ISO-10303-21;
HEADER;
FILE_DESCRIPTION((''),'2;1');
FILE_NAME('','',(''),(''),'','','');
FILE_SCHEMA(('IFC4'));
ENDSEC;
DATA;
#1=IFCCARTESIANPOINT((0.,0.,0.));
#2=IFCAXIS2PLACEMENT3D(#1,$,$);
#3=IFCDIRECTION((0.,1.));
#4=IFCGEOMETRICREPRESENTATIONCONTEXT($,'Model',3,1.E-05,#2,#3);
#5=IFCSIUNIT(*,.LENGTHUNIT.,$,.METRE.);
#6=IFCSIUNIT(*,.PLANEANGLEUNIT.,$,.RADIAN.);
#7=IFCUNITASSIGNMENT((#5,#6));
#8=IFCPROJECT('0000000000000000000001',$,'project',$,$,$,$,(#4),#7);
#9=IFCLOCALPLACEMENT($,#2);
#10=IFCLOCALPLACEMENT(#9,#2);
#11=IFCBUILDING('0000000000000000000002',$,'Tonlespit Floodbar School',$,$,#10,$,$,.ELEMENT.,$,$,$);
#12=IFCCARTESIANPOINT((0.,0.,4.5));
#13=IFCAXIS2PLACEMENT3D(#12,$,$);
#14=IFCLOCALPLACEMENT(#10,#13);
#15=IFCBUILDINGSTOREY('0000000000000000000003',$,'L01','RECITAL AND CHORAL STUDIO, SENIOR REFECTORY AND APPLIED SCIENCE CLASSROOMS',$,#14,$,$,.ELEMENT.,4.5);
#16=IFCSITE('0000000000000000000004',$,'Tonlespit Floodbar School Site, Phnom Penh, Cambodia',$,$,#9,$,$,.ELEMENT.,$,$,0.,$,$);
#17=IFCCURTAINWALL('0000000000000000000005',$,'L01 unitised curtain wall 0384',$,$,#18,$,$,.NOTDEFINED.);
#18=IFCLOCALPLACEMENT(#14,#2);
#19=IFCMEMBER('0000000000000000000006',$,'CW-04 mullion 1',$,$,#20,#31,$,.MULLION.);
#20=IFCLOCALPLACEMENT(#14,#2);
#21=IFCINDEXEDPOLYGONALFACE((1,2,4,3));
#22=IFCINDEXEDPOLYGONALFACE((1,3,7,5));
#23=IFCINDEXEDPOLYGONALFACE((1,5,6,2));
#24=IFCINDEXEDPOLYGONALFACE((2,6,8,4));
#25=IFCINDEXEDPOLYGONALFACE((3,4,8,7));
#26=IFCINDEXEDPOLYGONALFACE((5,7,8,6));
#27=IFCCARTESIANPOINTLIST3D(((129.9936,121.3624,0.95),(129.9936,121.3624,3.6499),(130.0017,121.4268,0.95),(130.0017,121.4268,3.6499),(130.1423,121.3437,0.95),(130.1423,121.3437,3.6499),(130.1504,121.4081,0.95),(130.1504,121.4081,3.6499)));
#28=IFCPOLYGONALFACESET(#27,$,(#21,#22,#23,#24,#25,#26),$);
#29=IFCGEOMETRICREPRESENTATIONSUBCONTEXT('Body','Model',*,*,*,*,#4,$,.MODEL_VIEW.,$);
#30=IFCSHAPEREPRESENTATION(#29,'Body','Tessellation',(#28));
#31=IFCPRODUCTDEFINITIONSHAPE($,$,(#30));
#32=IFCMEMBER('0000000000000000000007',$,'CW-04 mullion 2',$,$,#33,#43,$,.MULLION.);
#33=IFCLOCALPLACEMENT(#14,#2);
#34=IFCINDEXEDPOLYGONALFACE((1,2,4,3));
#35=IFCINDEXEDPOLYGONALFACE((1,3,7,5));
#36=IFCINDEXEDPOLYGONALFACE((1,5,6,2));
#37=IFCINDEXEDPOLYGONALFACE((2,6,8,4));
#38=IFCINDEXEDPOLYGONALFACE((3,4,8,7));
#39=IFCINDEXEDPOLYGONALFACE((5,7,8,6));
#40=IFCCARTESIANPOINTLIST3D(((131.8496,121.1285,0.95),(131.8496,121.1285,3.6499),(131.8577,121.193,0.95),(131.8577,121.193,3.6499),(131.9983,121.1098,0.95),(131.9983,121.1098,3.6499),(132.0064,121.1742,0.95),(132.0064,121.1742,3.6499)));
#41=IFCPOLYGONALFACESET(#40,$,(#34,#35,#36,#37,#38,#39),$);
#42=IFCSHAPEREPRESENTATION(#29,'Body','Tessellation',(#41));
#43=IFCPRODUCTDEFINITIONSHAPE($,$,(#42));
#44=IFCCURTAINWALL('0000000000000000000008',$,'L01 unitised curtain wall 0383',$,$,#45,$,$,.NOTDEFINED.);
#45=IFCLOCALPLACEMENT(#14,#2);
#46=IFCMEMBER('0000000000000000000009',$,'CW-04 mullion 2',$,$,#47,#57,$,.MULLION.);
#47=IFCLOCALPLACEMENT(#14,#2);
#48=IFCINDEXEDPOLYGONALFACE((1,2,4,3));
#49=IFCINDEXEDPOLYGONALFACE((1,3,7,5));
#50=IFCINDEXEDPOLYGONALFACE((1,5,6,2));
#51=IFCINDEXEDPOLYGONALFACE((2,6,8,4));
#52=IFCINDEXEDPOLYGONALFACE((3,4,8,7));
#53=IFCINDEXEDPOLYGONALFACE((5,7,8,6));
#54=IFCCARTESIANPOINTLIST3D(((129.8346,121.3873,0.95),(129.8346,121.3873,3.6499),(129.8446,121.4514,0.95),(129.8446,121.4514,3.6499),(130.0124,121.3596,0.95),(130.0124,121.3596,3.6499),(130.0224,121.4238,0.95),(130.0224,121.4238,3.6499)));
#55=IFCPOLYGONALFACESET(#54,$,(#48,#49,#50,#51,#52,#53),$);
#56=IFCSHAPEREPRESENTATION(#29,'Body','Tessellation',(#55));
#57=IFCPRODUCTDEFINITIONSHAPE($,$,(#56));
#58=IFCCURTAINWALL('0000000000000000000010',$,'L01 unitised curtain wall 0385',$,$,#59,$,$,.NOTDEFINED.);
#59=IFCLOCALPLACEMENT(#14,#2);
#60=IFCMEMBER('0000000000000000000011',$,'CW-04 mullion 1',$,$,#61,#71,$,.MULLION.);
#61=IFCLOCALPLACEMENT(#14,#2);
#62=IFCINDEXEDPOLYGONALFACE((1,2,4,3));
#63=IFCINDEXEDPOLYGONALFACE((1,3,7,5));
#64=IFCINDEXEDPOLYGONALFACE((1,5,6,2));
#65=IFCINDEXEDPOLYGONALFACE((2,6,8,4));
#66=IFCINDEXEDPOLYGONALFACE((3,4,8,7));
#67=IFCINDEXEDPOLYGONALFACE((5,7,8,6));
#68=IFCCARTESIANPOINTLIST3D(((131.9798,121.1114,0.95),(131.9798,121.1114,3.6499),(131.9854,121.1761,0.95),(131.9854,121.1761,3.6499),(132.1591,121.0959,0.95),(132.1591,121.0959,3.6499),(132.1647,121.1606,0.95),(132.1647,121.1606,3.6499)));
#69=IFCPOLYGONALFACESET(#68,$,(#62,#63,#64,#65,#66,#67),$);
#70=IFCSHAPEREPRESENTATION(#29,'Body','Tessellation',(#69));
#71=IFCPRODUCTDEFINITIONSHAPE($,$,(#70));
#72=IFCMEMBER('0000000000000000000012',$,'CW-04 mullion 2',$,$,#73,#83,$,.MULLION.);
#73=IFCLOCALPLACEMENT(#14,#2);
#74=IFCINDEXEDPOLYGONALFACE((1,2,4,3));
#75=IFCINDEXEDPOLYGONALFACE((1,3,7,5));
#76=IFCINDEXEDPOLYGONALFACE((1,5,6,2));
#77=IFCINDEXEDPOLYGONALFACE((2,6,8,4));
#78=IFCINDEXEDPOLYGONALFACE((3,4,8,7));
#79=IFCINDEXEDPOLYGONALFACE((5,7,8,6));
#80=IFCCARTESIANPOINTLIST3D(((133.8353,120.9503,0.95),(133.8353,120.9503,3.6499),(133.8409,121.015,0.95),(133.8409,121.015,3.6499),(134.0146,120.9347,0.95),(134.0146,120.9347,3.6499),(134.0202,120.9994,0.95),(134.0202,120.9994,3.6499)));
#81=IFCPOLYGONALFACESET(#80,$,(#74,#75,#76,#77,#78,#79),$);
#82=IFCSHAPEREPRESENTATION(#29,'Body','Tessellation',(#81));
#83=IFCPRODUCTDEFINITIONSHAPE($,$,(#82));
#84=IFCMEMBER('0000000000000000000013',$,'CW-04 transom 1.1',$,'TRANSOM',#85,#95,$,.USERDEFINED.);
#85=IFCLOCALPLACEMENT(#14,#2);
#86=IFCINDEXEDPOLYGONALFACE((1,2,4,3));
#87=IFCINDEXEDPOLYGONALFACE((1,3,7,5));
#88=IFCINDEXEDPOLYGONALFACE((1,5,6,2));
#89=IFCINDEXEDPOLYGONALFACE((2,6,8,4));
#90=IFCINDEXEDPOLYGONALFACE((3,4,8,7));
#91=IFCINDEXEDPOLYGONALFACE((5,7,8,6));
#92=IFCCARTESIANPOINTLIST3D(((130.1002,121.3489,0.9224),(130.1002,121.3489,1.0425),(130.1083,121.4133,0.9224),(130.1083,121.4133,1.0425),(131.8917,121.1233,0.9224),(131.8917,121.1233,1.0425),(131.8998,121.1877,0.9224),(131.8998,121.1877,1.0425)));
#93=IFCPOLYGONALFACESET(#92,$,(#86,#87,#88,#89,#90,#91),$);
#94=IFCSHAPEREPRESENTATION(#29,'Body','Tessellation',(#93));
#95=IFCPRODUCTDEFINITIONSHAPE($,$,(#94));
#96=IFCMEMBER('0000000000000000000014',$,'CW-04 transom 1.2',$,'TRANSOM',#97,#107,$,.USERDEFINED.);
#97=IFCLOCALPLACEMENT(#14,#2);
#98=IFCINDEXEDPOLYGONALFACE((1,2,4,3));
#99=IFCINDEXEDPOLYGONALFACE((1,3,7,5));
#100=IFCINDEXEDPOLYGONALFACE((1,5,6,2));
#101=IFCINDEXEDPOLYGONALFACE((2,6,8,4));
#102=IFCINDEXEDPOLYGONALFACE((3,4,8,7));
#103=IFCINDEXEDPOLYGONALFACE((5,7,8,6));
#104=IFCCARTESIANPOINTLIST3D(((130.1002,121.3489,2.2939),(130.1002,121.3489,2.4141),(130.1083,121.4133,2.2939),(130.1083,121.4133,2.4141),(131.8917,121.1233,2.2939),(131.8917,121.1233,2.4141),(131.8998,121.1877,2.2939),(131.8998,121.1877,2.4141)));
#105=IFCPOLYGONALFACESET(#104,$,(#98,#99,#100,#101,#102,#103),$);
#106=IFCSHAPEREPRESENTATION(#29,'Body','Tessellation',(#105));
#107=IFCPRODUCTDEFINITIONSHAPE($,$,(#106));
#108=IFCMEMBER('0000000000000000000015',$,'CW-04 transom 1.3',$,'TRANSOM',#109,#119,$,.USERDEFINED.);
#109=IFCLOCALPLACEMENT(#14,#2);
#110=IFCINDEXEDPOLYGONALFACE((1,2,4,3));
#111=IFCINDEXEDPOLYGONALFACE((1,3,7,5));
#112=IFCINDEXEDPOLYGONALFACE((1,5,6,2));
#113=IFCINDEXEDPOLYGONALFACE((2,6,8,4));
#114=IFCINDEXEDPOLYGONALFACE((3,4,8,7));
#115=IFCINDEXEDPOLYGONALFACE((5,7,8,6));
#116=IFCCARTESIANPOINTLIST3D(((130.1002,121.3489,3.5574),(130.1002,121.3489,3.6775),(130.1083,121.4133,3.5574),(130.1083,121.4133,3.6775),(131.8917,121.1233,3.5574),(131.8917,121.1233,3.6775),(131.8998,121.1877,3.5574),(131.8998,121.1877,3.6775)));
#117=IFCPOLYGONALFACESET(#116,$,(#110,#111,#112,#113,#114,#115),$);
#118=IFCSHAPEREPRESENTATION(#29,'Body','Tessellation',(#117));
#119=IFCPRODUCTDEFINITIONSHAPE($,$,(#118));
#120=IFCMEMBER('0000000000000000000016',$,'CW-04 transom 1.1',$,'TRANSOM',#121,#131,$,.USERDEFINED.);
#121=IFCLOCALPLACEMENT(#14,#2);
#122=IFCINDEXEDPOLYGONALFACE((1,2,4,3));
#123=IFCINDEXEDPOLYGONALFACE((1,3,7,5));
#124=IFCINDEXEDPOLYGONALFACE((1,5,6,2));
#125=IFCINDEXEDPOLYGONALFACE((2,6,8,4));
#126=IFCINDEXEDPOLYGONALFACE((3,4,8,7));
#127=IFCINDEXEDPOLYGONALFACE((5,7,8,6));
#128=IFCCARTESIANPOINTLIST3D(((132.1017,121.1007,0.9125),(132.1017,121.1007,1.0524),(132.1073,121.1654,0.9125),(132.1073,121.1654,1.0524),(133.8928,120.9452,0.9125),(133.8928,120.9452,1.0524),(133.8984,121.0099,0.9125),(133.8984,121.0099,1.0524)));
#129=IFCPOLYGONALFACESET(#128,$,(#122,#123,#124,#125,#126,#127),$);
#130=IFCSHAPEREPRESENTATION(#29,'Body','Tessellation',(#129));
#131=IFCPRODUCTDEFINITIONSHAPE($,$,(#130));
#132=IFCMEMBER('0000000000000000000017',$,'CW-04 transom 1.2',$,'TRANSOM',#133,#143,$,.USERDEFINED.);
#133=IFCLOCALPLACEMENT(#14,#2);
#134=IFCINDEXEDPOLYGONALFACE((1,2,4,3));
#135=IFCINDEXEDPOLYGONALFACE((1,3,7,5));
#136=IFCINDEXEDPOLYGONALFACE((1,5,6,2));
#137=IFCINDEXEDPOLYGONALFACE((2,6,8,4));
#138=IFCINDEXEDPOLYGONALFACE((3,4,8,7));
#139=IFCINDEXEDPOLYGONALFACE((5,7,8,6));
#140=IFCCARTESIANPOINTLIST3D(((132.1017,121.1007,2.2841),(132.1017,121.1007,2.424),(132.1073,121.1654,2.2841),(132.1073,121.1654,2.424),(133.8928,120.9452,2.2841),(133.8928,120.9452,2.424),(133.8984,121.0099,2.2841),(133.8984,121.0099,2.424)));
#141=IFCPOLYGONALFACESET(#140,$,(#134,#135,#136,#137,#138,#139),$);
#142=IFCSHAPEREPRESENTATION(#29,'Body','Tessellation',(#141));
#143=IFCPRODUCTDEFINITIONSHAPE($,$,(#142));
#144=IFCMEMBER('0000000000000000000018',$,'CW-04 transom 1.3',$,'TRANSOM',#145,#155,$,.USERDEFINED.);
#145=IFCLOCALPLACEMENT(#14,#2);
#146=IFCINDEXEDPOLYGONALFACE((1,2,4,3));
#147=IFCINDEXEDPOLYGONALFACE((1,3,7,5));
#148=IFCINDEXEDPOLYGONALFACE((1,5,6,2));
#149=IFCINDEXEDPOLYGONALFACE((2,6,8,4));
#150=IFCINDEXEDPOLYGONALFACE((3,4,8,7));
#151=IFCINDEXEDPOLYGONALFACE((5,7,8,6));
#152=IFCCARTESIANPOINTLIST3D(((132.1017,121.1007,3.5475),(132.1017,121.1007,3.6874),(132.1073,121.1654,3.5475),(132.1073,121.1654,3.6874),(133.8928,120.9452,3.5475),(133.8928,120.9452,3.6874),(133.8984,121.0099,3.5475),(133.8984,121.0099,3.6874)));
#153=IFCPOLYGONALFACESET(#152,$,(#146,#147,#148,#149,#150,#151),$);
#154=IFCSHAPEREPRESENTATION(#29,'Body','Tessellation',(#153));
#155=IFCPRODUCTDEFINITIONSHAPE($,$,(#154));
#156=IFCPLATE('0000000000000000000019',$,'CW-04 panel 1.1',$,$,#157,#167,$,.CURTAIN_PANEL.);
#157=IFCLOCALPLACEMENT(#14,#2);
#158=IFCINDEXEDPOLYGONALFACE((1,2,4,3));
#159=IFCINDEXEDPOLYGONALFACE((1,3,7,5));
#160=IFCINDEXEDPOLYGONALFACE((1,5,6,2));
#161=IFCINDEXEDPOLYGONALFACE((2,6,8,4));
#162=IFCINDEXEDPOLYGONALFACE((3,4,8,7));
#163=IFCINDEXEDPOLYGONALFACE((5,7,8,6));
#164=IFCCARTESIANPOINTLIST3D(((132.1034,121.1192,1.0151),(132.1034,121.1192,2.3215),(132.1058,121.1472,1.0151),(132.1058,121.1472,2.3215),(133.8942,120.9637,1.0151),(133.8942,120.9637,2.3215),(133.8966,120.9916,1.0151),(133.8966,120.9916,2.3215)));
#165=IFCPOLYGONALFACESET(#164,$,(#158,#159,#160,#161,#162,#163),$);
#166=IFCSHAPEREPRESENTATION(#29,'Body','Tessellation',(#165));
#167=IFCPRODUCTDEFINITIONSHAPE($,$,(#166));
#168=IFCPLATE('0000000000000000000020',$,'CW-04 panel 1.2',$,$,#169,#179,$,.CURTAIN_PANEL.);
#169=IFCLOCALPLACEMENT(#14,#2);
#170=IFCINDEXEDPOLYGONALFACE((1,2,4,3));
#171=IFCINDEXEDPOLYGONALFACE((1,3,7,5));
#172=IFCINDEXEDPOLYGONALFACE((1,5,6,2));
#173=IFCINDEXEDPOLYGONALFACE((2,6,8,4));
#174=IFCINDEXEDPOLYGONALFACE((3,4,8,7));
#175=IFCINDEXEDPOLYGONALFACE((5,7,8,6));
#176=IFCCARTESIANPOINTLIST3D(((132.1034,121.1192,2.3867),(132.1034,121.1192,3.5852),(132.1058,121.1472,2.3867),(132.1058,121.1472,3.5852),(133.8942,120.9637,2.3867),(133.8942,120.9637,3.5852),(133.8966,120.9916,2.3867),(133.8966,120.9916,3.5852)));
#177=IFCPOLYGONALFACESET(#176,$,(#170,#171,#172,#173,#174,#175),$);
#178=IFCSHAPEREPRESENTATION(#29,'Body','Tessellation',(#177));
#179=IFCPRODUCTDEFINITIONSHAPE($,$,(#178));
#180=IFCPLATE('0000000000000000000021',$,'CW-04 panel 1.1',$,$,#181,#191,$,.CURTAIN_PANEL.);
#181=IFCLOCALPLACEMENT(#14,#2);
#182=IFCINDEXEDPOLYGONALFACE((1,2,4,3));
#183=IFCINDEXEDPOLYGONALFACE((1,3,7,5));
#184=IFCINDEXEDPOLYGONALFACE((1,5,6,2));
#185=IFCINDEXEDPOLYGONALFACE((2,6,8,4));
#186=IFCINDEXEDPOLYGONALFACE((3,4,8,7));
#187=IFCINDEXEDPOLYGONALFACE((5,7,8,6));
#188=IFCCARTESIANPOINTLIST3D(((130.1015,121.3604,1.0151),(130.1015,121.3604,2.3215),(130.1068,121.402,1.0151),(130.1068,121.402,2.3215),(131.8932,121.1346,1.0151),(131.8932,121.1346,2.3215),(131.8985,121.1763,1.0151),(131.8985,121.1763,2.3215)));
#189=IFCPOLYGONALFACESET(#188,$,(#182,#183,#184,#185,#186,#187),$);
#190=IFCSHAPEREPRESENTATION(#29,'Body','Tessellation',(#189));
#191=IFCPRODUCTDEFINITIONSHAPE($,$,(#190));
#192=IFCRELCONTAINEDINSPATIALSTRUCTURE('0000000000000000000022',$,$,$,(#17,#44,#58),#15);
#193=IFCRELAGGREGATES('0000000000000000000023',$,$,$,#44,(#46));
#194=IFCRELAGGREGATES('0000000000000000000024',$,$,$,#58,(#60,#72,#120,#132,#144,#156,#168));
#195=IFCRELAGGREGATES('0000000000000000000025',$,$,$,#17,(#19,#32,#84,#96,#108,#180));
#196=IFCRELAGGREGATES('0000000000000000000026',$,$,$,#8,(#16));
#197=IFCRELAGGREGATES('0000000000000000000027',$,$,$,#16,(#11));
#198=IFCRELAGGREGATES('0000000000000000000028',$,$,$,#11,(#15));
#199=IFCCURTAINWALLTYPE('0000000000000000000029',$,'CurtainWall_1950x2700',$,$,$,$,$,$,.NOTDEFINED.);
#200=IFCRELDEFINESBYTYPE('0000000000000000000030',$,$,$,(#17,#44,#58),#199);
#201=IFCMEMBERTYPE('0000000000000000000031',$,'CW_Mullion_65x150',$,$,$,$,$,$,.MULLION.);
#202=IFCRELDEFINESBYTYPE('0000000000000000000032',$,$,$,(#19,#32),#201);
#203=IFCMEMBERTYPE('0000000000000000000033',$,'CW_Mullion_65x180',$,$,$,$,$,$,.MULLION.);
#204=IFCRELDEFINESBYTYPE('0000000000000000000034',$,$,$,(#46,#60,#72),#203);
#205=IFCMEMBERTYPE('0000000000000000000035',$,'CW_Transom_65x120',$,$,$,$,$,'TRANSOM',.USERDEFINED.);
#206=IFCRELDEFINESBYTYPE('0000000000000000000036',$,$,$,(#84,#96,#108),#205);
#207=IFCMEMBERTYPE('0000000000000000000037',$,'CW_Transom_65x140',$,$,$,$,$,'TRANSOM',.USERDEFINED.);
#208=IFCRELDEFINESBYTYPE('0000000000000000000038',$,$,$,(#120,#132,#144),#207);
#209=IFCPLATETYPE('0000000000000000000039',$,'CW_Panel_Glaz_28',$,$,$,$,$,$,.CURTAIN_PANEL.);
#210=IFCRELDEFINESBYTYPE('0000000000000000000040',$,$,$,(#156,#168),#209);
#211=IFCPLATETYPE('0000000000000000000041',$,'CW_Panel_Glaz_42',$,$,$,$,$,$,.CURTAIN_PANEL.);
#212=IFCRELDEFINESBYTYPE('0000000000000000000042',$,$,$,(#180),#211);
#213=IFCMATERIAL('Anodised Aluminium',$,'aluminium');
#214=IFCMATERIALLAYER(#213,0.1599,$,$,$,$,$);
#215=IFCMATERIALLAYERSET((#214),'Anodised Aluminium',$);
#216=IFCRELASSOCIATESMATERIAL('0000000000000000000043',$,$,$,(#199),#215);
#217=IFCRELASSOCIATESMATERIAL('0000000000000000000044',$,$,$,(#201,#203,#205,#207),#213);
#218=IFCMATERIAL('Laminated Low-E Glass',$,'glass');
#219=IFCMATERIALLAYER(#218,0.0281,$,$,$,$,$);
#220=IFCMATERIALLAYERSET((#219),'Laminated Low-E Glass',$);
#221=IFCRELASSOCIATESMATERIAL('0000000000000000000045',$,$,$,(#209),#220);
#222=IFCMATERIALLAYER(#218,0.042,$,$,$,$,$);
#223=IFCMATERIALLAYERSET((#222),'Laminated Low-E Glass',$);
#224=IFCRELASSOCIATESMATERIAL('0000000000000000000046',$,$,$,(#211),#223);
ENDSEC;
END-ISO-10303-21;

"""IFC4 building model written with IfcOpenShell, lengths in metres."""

from ifc_helpers import new_model, si_unit, direction, frame, origin, origin_2d, place, context, subcontext, project, spatial, rectangle, extrude, material, layer, layer_set, material_profile, profile_set, type_object, element, aggregate, save


model = new_model("IFC4")

# Units and contexts
model_context = context("Model", 3, precision=1e-05, world=origin(), true_north=direction((0.0, 1.0)))
body_context = subcontext(model_context, "Body", "Model", "MODEL_VIEW")
ifc_project = project(units=[si_unit("LENGTHUNIT", "METRE"), si_unit("PLANEANGLEUNIT", "RADIAN")], contexts=[model_context])

# Site, building, storey
site_placement = place(None, origin())
site = spatial("IfcSite", under=ifc_project, at=site_placement, Name="Tonlespit Floodbar School Site, Phnom Penh, Cambodia", CompositionType="ELEMENT", RefElevation=0.0)
building_placement = place(site_placement, origin())
building = spatial("IfcBuilding", under=site, at=building_placement, Name="Tonlespit Floodbar School", CompositionType="ELEMENT")
storey_placement = place(building_placement, frame((0.0, 0.0, 4.5)))
storey = spatial("IfcBuildingStorey", under=building, at=storey_placement, Name="L01", Description="RECITAL AND CHORAL STUDIO, SENIOR REFECTORY AND APPLIED SCIENCE CLASSROOMS", CompositionType="ELEMENT", Elevation=4.5)

# Curtain wall, members
ifc_material_1 = material(Name="Anodised Aluminium", Category="aluminium")
ifc_layer_1 = layer(ifc_material_1, 0.1599)
ifc_layer_set_1 = layer_set([ifc_layer_1], Name="Anodised Aluminium")
curtain_wall_type = type_object("IfcCurtainWallType", Name="CurtainWall_1950x2700", PredefinedType="NOTDEFINED", material=ifc_layer_set_1)
curtain_wall_1_placement = place(storey_placement, origin())
curtain_wall_1 = element("IfcCurtainWall", 1, at=curtain_wall_1_placement, inside=storey, type_object=curtain_wall_type, Name="L01 unitised curtain wall 0384", PredefinedType="NOTDEFINED")
ifc_material_profile_1 = material_profile(ifc_material_1, rectangle(XDim=0.0649, YDim=0.1499, at=origin_2d()), Name="ALU M65x150")
ifc_profile_set_1 = profile_set([ifc_material_profile_1], Name="Anodised Aluminium")
member_type_1 = type_object("IfcMemberType", Name="CW_Mullion_65x150", PredefinedType="MULLION", material=ifc_profile_set_1)
member_1_placement = place(storey_placement, frame((130.072, 121.3853, 0.95), z_axis=(0.0, 0.0, 1.0), x_axis=(0.125014, 0.992155, 0.0)))
member_1 = element("IfcMember", 2, at=member_1_placement, type_object=member_type_1, Name="CW-04 mullion 1", PredefinedType="MULLION", context=body_context, shape_type="SweptSolid", body=[
    extrude(rectangle(XDim=0.0649, YDim=0.1499, at=origin_2d()), origin(), (0.0, 0.0, 1.0), 2.7),
])
member_2_placement = place(storey_placement, frame((131.928, 121.1514, 0.95), z_axis=(0.0, 0.0, 1.0), x_axis=(0.125014, 0.992155, 0.0)))
member_2 = element("IfcMember", 3, at=member_2_placement, type_object=member_type_1, Name="CW-04 mullion 2", PredefinedType="MULLION", context=body_context, shape_type="SweptSolid", body=[
    extrude(rectangle(XDim=0.0649, YDim=0.1499, at=origin_2d()), origin(), (0.0, 0.0, 1.0), 2.7),
])

# Curtain wall, member
curtain_wall_2_placement = place(storey_placement, origin())
curtain_wall_2 = element("IfcCurtainWall", 4, at=curtain_wall_2_placement, inside=storey, type_object=curtain_wall_type, Name="L01 unitised curtain wall 0383", PredefinedType="NOTDEFINED")
ifc_material_profile_2 = material_profile(ifc_material_1, rectangle(XDim=0.0649, YDim=0.1799, at=origin_2d()), Name="ALU M65x180")
ifc_profile_set_2 = profile_set([ifc_material_profile_2], Name="Anodised Aluminium")
member_type_2 = type_object("IfcMemberType", Name="CW_Mullion_65x180", PredefinedType="MULLION", material=ifc_profile_set_2)
member_3_placement = place(storey_placement, frame((129.9285, 121.4055, 0.95), z_axis=(0.0, 0.0, 1.0), x_axis=(0.153796, 0.988103, 0.0)))
member_3 = element("IfcMember", 5, at=member_3_placement, type_object=member_type_2, Name="CW-04 mullion 2", PredefinedType="MULLION", context=body_context, shape_type="SweptSolid", body=[
    extrude(rectangle(XDim=0.0649, YDim=0.1799, at=origin_2d()), origin(), (0.0, 0.0, 1.0), 2.7),
])
aggregate(curtain_wall_2, [member_3])

# Curtain wall, members
curtain_wall_3_placement = place(storey_placement, origin())
curtain_wall_3 = element("IfcCurtainWall", 6, at=curtain_wall_3_placement, inside=storey, type_object=curtain_wall_type, Name="L01 unitised curtain wall 0385", PredefinedType="NOTDEFINED")
member_4_placement = place(storey_placement, frame((132.0723, 121.136, 0.95), z_axis=(0.0, 0.0, 1.0), x_axis=(0.086531, 0.996249, 0.0)))
member_4 = element("IfcMember", 7, at=member_4_placement, type_object=member_type_2, Name="CW-04 mullion 1", PredefinedType="MULLION", context=body_context, shape_type="SweptSolid", body=[
    extrude(rectangle(XDim=0.0649, YDim=0.1799, at=origin_2d()), origin(), (0.0, 0.0, 1.0), 2.7),
])
member_5_placement = place(storey_placement, frame((133.9277, 120.9749, 0.95), z_axis=(0.0, 0.0, 1.0), x_axis=(0.086531, 0.996249, 0.0)))
member_5 = element("IfcMember", 8, at=member_5_placement, type_object=member_type_2, Name="CW-04 mullion 2", PredefinedType="MULLION", context=body_context, shape_type="SweptSolid", body=[
    extrude(rectangle(XDim=0.0649, YDim=0.1799, at=origin_2d()), origin(), (0.0, 0.0, 1.0), 2.7),
])

# Members
ifc_material_profile_3 = material_profile(ifc_material_1, rectangle(XDim=0.0649, YDim=0.1201, at=origin_2d()), Name="ALU T65x120")
ifc_profile_set_3 = profile_set([ifc_material_profile_3], Name="Anodised Aluminium")
member_type_3 = type_object("IfcMemberType", Name="CW_Transom_65x120", ElementType="TRANSOM", PredefinedType="USERDEFINED", material=ifc_profile_set_3)
member_6_placement = place(storey_placement, frame((130.1042, 121.3811, 0.9824), z_axis=(0.992165, -0.124933, 0.0), x_axis=(0.124933, 0.992165, 0.0)))
member_6 = element("IfcMember", 9, at=member_6_placement, type_object=member_type_3, Name="CW-04 transom 1.1", ObjectType="TRANSOM", PredefinedType="USERDEFINED", context=body_context, shape_type="SweptSolid", body=[
    extrude(rectangle(XDim=0.0649, YDim=0.1201, at=origin_2d()), origin(), (0.0, 0.0, 1.0), 1.8057),
])
member_7_placement = place(storey_placement, frame((130.1042, 121.3811, 2.354), z_axis=(0.992165, -0.124933, 0.0), x_axis=(0.124933, 0.992165, 0.0)))
member_7 = element("IfcMember", 10, at=member_7_placement, type_object=member_type_3, Name="CW-04 transom 1.2", ObjectType="TRANSOM", PredefinedType="USERDEFINED", context=body_context, shape_type="SweptSolid", body=[
    extrude(rectangle(XDim=0.0649, YDim=0.1201, at=origin_2d()), origin(), (0.0, 0.0, 1.0), 1.8057),
])
member_8_placement = place(storey_placement, frame((130.1042, 121.3811, 3.6174), z_axis=(0.992165, -0.124933, 0.0), x_axis=(0.124933, 0.992165, 0.0)))
member_8 = element("IfcMember", 11, at=member_8_placement, type_object=member_type_3, Name="CW-04 transom 1.3", ObjectType="TRANSOM", PredefinedType="USERDEFINED", context=body_context, shape_type="SweptSolid", body=[
    extrude(rectangle(XDim=0.0649, YDim=0.1201, at=origin_2d()), origin(), (0.0, 0.0, 1.0), 1.8057),
])
ifc_material_profile_4 = material_profile(ifc_material_1, rectangle(XDim=0.0649, YDim=0.1399, at=origin_2d()), Name="ALU T65x140")
ifc_profile_set_4 = profile_set([ifc_material_profile_4], Name="Anodised Aluminium")
member_type_4 = type_object("IfcMemberType", Name="CW_Transom_65x140", ElementType="TRANSOM", PredefinedType="USERDEFINED", material=ifc_profile_set_4)
member_9_placement = place(storey_placement, frame((132.1045, 121.1331, 0.9824), z_axis=(0.996251, -0.086507, 0.0), x_axis=(0.086507, 0.996251, 0.0)))
member_9 = element("IfcMember", 12, at=member_9_placement, type_object=member_type_4, Name="CW-04 transom 1.1", ObjectType="TRANSOM", PredefinedType="USERDEFINED", context=body_context, shape_type="SweptSolid", body=[
    extrude(rectangle(XDim=0.0649, YDim=0.1399, at=origin_2d()), origin(), (0.0, 0.0, 1.0), 1.7979),
])
member_10_placement = place(storey_placement, frame((132.1045, 121.1331, 2.354), z_axis=(0.996251, -0.086507, 0.0), x_axis=(0.086507, 0.996251, 0.0)))
member_10 = element("IfcMember", 13, at=member_10_placement, type_object=member_type_4, Name="CW-04 transom 1.2", ObjectType="TRANSOM", PredefinedType="USERDEFINED", context=body_context, shape_type="SweptSolid", body=[
    extrude(rectangle(XDim=0.0649, YDim=0.1399, at=origin_2d()), origin(), (0.0, 0.0, 1.0), 1.7979),
])
member_11_placement = place(storey_placement, frame((132.1045, 121.1331, 3.6174), z_axis=(0.996251, -0.086507, 0.0), x_axis=(0.086507, 0.996251, 0.0)))
member_11 = element("IfcMember", 14, at=member_11_placement, type_object=member_type_4, Name="CW-04 transom 1.3", ObjectType="TRANSOM", PredefinedType="USERDEFINED", context=body_context, shape_type="SweptSolid", body=[
    extrude(rectangle(XDim=0.0649, YDim=0.1399, at=origin_2d()), origin(), (0.0, 0.0, 1.0), 1.7979),
])

# Plates
ifc_material_2 = material(Name="Laminated Low-E Glass", Category="glass")
ifc_layer_2 = layer(ifc_material_2, 0.0281)
ifc_layer_set_2 = layer_set([ifc_layer_2], Name="Laminated Low-E Glass")
plate_type_1 = type_object("IfcPlateType", Name="CW_Panel_Glaz_28", PredefinedType="CURTAIN_PANEL", material=ifc_layer_set_2)
plate_1_placement = place(storey_placement, frame((133.0, 121.0554, 1.0151), z_axis=(0.0, 0.0, 1.0), x_axis=(0.996249, -0.086531, 0.0)))
plate_1 = element("IfcPlate", 15, at=plate_1_placement, type_object=plate_type_1, Name="CW-04 panel 1.1", PredefinedType="CURTAIN_PANEL", context=body_context, shape_type="SweptSolid", body=[
    extrude(rectangle(XDim=1.7976, YDim=0.0281, at=origin_2d()), origin(), (0.0, 0.0, 1.0), 1.3064),
])
plate_2_placement = place(storey_placement, frame((133.0, 121.0554, 2.3867), z_axis=(0.0, 0.0, 1.0), x_axis=(0.996249, -0.086531, 0.0)))
plate_2 = element("IfcPlate", 16, at=plate_2_placement, type_object=plate_type_1, Name="CW-04 panel 1.2", PredefinedType="CURTAIN_PANEL", context=body_context, shape_type="SweptSolid", body=[
    extrude(rectangle(XDim=1.7976, YDim=0.0281, at=origin_2d()), origin(), (0.0, 0.0, 1.0), 1.1985),
])
aggregate(curtain_wall_3, [member_4, member_5, member_9, member_10, member_11, plate_1, plate_2])
ifc_layer_3 = layer(ifc_material_2, 0.042)
ifc_layer_set_3 = layer_set([ifc_layer_3], Name="Laminated Low-E Glass")
plate_type_2 = type_object("IfcPlateType", Name="CW_Panel_Glaz_42", PredefinedType="CURTAIN_PANEL", material=ifc_layer_set_3)
plate_3_placement = place(storey_placement, frame((131.0, 121.2683, 1.0151), z_axis=(0.0, 0.0, 1.0), x_axis=(0.992155, -0.125014, 0.0)))
plate_3 = element("IfcPlate", 17, at=plate_3_placement, type_object=plate_type_2, Name="CW-04 panel 1.1", PredefinedType="CURTAIN_PANEL", context=body_context, shape_type="SweptSolid", body=[
    extrude(rectangle(XDim=1.8059, YDim=0.042, at=origin_2d()), origin(), (0.0, 0.0, 1.0), 1.3064),
])
aggregate(curtain_wall_1, [member_1, member_2, member_6, member_7, member_8, plate_3])

save(model, "model.ifc")
